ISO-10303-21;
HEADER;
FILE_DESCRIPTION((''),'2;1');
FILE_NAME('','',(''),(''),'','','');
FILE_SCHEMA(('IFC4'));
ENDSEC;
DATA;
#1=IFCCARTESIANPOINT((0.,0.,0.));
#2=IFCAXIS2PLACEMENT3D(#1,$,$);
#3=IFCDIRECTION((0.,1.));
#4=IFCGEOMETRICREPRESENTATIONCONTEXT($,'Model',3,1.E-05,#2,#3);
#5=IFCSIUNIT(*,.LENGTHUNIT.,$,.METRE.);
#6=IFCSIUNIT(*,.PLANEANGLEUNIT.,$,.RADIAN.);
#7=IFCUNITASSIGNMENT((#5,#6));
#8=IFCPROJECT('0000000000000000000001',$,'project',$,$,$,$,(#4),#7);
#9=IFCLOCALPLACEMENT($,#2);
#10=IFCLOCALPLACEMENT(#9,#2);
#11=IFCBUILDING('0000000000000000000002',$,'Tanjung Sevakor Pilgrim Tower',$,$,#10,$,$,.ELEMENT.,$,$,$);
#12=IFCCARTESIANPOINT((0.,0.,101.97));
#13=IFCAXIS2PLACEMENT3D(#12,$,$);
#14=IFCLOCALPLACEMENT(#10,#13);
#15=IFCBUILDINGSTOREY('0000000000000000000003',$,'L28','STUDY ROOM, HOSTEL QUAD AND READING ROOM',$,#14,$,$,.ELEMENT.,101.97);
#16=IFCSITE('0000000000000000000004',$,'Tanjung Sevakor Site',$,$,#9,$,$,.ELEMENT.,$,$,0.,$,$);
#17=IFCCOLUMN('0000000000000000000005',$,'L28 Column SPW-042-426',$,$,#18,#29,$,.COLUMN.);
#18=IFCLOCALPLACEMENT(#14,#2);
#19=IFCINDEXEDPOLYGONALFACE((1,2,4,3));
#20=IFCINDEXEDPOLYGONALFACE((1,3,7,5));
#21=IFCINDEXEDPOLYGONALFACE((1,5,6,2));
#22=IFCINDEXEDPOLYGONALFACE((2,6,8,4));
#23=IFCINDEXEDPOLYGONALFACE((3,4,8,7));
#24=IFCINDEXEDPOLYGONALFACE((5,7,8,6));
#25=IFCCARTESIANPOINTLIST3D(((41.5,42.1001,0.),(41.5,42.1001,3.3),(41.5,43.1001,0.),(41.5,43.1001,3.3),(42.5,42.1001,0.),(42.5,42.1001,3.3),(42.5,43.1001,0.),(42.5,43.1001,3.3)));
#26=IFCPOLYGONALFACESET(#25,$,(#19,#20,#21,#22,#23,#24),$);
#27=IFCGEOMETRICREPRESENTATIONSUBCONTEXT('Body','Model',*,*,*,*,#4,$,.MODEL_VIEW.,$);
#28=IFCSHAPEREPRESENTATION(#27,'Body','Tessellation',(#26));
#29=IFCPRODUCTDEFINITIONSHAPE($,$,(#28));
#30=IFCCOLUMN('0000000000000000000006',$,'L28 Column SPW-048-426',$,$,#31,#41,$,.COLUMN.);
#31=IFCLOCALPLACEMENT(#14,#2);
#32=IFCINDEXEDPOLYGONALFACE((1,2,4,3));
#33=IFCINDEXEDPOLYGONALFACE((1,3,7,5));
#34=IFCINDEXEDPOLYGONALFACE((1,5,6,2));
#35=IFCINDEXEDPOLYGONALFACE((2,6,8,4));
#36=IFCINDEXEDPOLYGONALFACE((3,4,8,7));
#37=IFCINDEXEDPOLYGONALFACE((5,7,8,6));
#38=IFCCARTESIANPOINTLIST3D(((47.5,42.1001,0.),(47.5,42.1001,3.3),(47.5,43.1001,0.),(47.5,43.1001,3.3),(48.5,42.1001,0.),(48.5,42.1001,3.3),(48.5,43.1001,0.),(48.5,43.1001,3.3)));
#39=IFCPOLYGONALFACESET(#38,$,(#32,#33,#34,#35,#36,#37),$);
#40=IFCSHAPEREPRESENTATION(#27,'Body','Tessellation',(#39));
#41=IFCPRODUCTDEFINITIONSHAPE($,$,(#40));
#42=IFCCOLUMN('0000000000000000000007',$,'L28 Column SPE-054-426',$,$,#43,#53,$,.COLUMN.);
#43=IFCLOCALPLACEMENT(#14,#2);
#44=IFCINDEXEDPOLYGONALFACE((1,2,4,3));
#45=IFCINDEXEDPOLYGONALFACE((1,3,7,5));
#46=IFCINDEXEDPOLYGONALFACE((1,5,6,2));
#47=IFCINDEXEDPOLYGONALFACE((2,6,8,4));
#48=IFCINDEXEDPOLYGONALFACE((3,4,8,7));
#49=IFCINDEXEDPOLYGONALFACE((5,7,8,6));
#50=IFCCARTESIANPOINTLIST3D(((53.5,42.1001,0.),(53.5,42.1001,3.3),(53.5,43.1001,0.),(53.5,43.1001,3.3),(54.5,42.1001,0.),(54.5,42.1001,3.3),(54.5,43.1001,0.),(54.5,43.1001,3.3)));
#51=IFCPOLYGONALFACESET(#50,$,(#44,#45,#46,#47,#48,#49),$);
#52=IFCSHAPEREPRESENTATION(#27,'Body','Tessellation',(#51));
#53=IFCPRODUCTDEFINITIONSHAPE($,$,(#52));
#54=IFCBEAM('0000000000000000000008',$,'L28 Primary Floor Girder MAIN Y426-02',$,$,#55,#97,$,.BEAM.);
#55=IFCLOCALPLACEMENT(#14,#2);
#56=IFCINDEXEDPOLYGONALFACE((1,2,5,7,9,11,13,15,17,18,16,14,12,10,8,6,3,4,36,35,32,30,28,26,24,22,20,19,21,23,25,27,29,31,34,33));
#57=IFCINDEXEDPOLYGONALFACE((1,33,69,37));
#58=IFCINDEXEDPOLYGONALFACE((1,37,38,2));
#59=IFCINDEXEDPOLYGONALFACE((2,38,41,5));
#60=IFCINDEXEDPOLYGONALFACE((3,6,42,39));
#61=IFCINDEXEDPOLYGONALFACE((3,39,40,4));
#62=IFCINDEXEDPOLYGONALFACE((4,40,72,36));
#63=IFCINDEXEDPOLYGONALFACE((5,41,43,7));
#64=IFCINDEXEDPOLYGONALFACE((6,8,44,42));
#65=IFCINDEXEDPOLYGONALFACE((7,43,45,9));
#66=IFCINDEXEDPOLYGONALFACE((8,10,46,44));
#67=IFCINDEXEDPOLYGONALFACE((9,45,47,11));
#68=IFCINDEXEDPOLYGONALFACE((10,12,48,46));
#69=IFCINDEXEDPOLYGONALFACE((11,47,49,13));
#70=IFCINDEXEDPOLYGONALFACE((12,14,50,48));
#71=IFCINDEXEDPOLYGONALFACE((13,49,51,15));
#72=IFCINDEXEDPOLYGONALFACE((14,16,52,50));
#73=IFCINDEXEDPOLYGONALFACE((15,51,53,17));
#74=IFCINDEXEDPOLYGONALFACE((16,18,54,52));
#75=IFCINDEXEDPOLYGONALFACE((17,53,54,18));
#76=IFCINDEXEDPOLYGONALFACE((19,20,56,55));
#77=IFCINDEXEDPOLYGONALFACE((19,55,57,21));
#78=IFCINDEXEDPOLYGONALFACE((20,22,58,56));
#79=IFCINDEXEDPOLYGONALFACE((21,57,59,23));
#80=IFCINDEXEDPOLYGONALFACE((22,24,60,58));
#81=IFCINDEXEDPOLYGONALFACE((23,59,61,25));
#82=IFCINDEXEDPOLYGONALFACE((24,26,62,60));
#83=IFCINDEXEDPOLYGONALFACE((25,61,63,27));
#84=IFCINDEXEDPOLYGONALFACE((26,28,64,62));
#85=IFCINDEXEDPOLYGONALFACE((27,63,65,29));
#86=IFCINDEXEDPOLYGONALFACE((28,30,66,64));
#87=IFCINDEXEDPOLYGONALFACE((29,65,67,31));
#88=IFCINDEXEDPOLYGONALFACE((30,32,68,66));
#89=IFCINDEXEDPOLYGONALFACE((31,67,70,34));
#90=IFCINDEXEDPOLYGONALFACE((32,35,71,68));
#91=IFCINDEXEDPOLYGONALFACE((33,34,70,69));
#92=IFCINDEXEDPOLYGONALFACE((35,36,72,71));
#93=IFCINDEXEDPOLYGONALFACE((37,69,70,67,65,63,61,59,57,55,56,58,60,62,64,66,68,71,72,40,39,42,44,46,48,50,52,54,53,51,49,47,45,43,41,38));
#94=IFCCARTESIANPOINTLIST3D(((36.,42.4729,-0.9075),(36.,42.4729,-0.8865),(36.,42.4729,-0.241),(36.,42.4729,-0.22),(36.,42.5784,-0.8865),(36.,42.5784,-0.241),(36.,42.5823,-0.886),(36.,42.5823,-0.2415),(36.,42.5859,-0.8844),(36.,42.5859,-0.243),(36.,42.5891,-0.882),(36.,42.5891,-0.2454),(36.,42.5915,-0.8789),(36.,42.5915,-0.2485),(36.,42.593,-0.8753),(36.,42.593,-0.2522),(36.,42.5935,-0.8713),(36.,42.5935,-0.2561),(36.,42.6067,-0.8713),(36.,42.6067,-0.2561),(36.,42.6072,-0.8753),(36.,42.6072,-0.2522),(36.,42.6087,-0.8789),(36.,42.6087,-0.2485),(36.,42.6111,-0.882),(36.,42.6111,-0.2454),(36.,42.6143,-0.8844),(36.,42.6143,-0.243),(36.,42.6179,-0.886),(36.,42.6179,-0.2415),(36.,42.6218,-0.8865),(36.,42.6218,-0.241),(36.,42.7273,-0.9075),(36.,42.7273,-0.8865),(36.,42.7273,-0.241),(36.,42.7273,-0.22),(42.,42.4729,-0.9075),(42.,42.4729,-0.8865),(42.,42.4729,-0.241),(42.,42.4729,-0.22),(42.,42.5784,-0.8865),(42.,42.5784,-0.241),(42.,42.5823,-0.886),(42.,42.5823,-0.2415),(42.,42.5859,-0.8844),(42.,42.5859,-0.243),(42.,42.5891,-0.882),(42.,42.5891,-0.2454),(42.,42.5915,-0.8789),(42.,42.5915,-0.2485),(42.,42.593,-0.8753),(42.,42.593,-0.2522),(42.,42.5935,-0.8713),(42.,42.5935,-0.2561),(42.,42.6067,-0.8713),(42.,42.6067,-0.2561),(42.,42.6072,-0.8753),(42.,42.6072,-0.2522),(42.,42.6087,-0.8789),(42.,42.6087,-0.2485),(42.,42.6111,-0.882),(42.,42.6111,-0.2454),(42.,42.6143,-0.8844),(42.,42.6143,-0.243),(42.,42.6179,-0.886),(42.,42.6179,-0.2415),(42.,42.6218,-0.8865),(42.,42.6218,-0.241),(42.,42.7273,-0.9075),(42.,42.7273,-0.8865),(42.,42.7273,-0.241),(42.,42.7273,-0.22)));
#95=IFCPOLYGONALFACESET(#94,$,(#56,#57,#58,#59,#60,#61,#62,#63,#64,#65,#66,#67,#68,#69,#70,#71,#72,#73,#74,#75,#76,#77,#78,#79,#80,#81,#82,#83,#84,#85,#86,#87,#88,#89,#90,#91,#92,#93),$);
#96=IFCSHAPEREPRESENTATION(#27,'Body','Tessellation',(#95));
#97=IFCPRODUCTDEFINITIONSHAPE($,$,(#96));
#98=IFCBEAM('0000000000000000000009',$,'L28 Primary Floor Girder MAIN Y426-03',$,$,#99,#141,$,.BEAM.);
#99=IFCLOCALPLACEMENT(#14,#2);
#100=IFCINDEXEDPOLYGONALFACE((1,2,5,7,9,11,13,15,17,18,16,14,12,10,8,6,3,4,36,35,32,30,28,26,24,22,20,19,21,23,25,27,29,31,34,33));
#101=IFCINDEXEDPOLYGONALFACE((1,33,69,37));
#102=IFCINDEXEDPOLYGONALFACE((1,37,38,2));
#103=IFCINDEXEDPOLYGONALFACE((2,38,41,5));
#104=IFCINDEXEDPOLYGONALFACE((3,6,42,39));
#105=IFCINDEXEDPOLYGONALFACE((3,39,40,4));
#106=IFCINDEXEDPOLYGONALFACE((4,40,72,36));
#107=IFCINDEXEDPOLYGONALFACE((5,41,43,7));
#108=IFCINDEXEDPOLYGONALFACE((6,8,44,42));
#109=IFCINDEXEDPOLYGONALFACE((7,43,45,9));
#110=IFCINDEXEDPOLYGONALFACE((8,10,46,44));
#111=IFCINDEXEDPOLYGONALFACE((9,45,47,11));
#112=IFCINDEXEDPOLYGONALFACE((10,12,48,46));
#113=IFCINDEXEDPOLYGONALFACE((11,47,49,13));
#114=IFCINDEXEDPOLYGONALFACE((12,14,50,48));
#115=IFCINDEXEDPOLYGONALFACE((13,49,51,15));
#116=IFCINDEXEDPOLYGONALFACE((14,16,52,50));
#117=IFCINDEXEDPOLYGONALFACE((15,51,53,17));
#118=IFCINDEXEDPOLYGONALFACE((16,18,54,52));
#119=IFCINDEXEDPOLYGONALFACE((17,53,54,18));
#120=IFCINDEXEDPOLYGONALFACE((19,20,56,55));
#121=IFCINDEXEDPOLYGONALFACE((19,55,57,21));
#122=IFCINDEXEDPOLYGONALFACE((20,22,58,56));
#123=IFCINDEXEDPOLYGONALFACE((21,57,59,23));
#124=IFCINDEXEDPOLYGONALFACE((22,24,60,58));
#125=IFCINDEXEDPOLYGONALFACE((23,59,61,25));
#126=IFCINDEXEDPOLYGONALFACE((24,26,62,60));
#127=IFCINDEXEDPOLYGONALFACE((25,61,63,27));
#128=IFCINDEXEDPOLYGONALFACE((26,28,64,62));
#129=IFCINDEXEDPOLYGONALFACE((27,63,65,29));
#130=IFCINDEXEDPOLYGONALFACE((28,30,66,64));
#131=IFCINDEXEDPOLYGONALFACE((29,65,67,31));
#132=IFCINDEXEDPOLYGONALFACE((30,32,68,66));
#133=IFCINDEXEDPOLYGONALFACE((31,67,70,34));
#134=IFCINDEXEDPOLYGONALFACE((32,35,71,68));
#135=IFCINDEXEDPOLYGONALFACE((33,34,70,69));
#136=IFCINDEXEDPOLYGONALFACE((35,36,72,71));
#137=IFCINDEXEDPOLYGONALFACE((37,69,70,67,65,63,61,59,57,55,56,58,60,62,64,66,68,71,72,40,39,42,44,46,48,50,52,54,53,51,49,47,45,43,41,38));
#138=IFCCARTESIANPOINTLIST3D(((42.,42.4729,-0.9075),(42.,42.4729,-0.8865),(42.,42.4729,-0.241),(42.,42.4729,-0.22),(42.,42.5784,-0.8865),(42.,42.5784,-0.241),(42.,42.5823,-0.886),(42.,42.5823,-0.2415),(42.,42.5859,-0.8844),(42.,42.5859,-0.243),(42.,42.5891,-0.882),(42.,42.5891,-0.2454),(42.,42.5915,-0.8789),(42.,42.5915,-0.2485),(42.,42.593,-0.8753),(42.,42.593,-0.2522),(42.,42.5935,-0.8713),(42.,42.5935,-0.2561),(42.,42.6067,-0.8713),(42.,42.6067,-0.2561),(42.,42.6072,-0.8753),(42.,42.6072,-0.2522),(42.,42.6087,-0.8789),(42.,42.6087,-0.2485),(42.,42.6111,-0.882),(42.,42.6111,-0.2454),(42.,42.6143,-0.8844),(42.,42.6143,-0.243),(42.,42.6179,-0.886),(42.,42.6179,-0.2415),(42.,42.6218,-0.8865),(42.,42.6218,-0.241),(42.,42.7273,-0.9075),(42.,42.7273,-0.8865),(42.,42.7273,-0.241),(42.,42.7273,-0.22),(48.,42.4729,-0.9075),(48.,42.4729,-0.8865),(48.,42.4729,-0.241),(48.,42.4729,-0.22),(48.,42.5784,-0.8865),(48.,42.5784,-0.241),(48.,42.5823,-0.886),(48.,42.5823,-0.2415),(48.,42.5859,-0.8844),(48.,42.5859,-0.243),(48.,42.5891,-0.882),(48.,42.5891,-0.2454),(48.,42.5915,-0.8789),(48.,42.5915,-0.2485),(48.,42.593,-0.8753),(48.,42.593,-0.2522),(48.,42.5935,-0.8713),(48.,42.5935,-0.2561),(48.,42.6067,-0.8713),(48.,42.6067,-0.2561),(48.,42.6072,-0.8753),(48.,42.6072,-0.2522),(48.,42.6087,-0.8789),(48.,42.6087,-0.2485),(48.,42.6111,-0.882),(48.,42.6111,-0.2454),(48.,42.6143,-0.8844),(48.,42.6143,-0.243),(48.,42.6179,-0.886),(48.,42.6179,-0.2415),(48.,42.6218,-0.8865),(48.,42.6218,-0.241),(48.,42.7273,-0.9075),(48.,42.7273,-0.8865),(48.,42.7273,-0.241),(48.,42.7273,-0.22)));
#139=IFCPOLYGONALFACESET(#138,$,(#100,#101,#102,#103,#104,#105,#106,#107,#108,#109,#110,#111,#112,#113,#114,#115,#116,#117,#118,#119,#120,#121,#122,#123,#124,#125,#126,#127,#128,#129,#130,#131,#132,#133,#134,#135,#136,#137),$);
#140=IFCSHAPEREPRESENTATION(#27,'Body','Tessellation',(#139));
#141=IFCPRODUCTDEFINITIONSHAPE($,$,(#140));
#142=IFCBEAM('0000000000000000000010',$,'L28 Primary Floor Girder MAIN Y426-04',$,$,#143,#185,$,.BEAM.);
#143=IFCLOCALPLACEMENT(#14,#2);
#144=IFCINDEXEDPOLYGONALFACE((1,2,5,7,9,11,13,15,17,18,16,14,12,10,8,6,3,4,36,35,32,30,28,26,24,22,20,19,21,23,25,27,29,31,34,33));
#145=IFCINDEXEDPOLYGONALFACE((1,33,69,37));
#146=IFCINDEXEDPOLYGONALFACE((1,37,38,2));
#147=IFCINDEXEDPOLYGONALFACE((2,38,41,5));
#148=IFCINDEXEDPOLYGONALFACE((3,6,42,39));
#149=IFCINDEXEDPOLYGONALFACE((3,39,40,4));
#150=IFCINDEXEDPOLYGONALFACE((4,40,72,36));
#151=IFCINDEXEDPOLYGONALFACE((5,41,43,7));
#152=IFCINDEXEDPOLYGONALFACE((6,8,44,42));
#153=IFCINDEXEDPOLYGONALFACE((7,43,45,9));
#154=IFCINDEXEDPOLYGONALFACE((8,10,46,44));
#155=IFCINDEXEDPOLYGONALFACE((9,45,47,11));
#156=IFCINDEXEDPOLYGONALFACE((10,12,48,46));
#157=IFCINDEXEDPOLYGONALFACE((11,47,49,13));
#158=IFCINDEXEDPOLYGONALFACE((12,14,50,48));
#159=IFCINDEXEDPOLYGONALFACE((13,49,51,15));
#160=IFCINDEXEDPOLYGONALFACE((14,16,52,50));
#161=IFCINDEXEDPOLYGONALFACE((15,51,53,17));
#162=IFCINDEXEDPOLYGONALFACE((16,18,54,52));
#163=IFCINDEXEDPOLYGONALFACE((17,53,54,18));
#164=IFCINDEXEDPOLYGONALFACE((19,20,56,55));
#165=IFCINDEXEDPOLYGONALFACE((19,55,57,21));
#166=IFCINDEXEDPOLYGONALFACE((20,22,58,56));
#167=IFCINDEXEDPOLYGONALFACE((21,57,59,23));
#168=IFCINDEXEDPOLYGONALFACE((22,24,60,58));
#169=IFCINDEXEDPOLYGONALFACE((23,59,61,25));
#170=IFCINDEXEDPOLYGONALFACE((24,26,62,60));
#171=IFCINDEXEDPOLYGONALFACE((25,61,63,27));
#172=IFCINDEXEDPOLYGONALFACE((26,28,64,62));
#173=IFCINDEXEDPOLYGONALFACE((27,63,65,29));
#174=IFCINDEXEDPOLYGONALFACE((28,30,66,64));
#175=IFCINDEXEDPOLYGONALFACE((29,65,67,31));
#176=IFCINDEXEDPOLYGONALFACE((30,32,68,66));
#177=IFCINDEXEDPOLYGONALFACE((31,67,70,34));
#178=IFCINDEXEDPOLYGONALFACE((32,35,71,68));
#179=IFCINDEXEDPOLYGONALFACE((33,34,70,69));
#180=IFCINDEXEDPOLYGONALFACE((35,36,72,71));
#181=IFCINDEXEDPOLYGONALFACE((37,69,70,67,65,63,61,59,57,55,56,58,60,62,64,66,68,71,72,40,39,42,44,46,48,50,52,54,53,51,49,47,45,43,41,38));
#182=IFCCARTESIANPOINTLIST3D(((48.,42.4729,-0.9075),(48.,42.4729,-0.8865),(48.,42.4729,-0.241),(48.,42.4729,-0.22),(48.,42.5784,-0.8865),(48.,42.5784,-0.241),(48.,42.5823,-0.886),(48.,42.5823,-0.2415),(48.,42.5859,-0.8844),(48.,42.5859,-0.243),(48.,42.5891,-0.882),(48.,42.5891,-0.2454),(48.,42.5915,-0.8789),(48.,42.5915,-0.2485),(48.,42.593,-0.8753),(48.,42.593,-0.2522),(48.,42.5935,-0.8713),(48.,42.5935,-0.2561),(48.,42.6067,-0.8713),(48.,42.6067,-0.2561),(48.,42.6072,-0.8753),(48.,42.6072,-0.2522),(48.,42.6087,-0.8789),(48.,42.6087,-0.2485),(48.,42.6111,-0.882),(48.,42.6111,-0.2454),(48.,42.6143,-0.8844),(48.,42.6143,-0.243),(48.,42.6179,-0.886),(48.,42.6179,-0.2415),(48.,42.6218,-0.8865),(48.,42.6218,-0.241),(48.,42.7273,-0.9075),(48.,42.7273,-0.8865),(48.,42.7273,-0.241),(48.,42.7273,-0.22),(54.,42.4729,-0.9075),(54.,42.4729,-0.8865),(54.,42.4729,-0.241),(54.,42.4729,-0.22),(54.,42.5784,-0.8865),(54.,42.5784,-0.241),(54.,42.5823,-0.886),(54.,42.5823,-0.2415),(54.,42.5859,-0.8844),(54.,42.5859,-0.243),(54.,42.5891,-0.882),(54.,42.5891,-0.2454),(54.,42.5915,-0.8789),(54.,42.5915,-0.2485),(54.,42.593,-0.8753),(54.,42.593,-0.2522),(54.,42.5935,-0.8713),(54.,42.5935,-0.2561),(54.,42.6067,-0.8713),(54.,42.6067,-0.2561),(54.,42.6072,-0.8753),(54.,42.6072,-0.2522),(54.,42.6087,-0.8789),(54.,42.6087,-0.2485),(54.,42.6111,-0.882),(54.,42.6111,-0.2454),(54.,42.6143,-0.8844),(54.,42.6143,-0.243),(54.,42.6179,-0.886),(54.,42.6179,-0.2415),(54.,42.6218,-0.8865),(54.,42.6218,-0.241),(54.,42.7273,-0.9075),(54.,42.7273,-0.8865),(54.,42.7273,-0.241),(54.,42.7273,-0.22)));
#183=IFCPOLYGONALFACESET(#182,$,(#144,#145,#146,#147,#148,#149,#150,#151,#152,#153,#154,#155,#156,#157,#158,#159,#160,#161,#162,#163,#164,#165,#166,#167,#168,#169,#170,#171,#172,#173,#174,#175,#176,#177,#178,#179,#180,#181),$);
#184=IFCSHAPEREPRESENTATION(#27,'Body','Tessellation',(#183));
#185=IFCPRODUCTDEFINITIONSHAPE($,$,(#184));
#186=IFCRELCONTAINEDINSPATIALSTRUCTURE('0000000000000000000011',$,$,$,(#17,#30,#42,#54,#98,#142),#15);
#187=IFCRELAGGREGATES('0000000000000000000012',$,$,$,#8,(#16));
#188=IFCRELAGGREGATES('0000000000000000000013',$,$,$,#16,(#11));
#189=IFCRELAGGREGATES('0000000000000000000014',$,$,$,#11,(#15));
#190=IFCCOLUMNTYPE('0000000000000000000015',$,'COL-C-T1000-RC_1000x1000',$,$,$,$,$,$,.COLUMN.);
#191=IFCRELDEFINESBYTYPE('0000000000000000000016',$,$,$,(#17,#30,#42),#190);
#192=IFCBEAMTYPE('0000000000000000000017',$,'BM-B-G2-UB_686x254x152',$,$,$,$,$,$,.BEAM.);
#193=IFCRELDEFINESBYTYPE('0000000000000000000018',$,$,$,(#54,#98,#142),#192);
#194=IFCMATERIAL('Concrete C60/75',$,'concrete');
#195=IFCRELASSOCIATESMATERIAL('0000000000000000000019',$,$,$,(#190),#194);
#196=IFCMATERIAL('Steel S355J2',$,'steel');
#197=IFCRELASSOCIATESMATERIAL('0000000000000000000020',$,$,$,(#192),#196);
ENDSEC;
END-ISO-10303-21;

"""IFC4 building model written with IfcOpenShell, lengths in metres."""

from ifc_helpers import new_model, si_unit, direction, frame, origin, origin_2d, place, context, subcontext, project, spatial, rectangle, i_section, extrude, material, material_profile, profile_set, type_object, element, save


model = new_model("IFC4")

# Units and contexts
model_context = context("Model", 3, precision=1e-05, world=origin(), true_north=direction((0.0, 1.0)))
body_context = subcontext(model_context, "Body", "Model", "MODEL_VIEW")
ifc_project = project(units=[si_unit("LENGTHUNIT", "METRE"), si_unit("PLANEANGLEUNIT", "RADIAN")], contexts=[model_context])

# Site, building, storey
site_placement = place(None, origin())
site = spatial("IfcSite", under=ifc_project, at=site_placement, Name="Tanjung Sevakor Site", CompositionType="ELEMENT", RefElevation=0.0)
building_placement = place(site_placement, origin())
building = spatial("IfcBuilding", under=site, at=building_placement, Name="Tanjung Sevakor Pilgrim Tower", CompositionType="ELEMENT")
storey_placement = place(building_placement, frame((0.0, 0.0, 101.97)))
storey = spatial("IfcBuildingStorey", under=building, at=storey_placement, Name="L28", Description="STUDY ROOM, HOSTEL QUAD AND READING ROOM", CompositionType="ELEMENT", Elevation=101.97)

# Columns
ifc_material_1 = material(Name="Concrete C60/75", Category="concrete")
ifc_material_profile_1 = material_profile(ifc_material_1, rectangle(XDim=1.0, YDim=1.0, at=origin_2d()))
ifc_profile_set_1 = profile_set([ifc_material_profile_1], Name="Concrete C60/75")
column_type = type_object("IfcColumnType", Name="COL-C-T1000-RC_1000x1000", PredefinedType="COLUMN", material=ifc_profile_set_1)
for number, where, z_axis, x_axis, name in (
    (1, (42.0, 42.6001, 0.0), (0.0, 0.0, 1.0), (1.0, 0.0, 0.0), "L28 Column SPW-042-426"),
    (2, (48.0, 42.6001, 0.0), (0.0, 0.0, 1.0), (1.0, 0.0, 0.0), "L28 Column SPW-048-426"),
    (3, (54.0, 42.6001, 0.0), (0.0, 0.0, 1.0), (1.0, 0.0, 0.0), "L28 Column SPE-054-426"),
):
    element("IfcColumn", number, at=place(storey_placement, frame(where, z_axis=z_axis, x_axis=x_axis)), inside=storey, type_object=column_type, Name=name, PredefinedType="COLUMN", context=body_context, shape_type="SweptSolid", body=[
        extrude(rectangle(XDim=1.0, YDim=1.0, at=origin_2d()), origin(), (0.0, 0.0, 1.0), 3.3),
    ])

# Beams
ifc_material_2 = material(Name="Steel S355J2", Category="steel")
ifc_material_profile_2 = material_profile(ifc_material_2, i_section(OverallWidth=0.2544, OverallDepth=0.6875, WebThickness=0.0132, FlangeThickness=0.021, FilletRadius=0.0151, at=origin_2d()))
ifc_profile_set_2 = profile_set([ifc_material_profile_2], Name="Steel S355J2")
beam_type_1 = type_object("IfcBeamType", Name="BM-B-G2-UB_686x254x152", PredefinedType="BEAM", material=ifc_profile_set_2)
for number, where, z_axis, x_axis, name in (
    (4, (36.0, 42.6001, -0.5637), (1.0, 0.0, 0.0), (0.0, 1.0, 0.0), "L28 Primary Floor Girder MAIN Y426-02"),
    (5, (42.0, 42.6001, -0.5637), (1.0, 0.0, 0.0), (0.0, 1.0, 0.0), "L28 Primary Floor Girder MAIN Y426-03"),
    (6, (48.0, 42.6001, -0.5637), (1.0, 0.0, 0.0), (0.0, 1.0, 0.0), "L28 Primary Floor Girder MAIN Y426-04"),
):
    element("IfcBeam", number, at=place(storey_placement, frame(where, z_axis=z_axis, x_axis=x_axis)), inside=storey, type_object=beam_type_1, Name=name, PredefinedType="BEAM", context=body_context, shape_type="SweptSolid", body=[
        extrude(i_section(OverallWidth=0.2544, OverallDepth=0.6875, WebThickness=0.0132, FlangeThickness=0.021, FilletRadius=0.0151, at=origin_2d()), origin(), (0.0, 0.0, 1.0), 6.0),
    ])

save(model, "model.ifc")
